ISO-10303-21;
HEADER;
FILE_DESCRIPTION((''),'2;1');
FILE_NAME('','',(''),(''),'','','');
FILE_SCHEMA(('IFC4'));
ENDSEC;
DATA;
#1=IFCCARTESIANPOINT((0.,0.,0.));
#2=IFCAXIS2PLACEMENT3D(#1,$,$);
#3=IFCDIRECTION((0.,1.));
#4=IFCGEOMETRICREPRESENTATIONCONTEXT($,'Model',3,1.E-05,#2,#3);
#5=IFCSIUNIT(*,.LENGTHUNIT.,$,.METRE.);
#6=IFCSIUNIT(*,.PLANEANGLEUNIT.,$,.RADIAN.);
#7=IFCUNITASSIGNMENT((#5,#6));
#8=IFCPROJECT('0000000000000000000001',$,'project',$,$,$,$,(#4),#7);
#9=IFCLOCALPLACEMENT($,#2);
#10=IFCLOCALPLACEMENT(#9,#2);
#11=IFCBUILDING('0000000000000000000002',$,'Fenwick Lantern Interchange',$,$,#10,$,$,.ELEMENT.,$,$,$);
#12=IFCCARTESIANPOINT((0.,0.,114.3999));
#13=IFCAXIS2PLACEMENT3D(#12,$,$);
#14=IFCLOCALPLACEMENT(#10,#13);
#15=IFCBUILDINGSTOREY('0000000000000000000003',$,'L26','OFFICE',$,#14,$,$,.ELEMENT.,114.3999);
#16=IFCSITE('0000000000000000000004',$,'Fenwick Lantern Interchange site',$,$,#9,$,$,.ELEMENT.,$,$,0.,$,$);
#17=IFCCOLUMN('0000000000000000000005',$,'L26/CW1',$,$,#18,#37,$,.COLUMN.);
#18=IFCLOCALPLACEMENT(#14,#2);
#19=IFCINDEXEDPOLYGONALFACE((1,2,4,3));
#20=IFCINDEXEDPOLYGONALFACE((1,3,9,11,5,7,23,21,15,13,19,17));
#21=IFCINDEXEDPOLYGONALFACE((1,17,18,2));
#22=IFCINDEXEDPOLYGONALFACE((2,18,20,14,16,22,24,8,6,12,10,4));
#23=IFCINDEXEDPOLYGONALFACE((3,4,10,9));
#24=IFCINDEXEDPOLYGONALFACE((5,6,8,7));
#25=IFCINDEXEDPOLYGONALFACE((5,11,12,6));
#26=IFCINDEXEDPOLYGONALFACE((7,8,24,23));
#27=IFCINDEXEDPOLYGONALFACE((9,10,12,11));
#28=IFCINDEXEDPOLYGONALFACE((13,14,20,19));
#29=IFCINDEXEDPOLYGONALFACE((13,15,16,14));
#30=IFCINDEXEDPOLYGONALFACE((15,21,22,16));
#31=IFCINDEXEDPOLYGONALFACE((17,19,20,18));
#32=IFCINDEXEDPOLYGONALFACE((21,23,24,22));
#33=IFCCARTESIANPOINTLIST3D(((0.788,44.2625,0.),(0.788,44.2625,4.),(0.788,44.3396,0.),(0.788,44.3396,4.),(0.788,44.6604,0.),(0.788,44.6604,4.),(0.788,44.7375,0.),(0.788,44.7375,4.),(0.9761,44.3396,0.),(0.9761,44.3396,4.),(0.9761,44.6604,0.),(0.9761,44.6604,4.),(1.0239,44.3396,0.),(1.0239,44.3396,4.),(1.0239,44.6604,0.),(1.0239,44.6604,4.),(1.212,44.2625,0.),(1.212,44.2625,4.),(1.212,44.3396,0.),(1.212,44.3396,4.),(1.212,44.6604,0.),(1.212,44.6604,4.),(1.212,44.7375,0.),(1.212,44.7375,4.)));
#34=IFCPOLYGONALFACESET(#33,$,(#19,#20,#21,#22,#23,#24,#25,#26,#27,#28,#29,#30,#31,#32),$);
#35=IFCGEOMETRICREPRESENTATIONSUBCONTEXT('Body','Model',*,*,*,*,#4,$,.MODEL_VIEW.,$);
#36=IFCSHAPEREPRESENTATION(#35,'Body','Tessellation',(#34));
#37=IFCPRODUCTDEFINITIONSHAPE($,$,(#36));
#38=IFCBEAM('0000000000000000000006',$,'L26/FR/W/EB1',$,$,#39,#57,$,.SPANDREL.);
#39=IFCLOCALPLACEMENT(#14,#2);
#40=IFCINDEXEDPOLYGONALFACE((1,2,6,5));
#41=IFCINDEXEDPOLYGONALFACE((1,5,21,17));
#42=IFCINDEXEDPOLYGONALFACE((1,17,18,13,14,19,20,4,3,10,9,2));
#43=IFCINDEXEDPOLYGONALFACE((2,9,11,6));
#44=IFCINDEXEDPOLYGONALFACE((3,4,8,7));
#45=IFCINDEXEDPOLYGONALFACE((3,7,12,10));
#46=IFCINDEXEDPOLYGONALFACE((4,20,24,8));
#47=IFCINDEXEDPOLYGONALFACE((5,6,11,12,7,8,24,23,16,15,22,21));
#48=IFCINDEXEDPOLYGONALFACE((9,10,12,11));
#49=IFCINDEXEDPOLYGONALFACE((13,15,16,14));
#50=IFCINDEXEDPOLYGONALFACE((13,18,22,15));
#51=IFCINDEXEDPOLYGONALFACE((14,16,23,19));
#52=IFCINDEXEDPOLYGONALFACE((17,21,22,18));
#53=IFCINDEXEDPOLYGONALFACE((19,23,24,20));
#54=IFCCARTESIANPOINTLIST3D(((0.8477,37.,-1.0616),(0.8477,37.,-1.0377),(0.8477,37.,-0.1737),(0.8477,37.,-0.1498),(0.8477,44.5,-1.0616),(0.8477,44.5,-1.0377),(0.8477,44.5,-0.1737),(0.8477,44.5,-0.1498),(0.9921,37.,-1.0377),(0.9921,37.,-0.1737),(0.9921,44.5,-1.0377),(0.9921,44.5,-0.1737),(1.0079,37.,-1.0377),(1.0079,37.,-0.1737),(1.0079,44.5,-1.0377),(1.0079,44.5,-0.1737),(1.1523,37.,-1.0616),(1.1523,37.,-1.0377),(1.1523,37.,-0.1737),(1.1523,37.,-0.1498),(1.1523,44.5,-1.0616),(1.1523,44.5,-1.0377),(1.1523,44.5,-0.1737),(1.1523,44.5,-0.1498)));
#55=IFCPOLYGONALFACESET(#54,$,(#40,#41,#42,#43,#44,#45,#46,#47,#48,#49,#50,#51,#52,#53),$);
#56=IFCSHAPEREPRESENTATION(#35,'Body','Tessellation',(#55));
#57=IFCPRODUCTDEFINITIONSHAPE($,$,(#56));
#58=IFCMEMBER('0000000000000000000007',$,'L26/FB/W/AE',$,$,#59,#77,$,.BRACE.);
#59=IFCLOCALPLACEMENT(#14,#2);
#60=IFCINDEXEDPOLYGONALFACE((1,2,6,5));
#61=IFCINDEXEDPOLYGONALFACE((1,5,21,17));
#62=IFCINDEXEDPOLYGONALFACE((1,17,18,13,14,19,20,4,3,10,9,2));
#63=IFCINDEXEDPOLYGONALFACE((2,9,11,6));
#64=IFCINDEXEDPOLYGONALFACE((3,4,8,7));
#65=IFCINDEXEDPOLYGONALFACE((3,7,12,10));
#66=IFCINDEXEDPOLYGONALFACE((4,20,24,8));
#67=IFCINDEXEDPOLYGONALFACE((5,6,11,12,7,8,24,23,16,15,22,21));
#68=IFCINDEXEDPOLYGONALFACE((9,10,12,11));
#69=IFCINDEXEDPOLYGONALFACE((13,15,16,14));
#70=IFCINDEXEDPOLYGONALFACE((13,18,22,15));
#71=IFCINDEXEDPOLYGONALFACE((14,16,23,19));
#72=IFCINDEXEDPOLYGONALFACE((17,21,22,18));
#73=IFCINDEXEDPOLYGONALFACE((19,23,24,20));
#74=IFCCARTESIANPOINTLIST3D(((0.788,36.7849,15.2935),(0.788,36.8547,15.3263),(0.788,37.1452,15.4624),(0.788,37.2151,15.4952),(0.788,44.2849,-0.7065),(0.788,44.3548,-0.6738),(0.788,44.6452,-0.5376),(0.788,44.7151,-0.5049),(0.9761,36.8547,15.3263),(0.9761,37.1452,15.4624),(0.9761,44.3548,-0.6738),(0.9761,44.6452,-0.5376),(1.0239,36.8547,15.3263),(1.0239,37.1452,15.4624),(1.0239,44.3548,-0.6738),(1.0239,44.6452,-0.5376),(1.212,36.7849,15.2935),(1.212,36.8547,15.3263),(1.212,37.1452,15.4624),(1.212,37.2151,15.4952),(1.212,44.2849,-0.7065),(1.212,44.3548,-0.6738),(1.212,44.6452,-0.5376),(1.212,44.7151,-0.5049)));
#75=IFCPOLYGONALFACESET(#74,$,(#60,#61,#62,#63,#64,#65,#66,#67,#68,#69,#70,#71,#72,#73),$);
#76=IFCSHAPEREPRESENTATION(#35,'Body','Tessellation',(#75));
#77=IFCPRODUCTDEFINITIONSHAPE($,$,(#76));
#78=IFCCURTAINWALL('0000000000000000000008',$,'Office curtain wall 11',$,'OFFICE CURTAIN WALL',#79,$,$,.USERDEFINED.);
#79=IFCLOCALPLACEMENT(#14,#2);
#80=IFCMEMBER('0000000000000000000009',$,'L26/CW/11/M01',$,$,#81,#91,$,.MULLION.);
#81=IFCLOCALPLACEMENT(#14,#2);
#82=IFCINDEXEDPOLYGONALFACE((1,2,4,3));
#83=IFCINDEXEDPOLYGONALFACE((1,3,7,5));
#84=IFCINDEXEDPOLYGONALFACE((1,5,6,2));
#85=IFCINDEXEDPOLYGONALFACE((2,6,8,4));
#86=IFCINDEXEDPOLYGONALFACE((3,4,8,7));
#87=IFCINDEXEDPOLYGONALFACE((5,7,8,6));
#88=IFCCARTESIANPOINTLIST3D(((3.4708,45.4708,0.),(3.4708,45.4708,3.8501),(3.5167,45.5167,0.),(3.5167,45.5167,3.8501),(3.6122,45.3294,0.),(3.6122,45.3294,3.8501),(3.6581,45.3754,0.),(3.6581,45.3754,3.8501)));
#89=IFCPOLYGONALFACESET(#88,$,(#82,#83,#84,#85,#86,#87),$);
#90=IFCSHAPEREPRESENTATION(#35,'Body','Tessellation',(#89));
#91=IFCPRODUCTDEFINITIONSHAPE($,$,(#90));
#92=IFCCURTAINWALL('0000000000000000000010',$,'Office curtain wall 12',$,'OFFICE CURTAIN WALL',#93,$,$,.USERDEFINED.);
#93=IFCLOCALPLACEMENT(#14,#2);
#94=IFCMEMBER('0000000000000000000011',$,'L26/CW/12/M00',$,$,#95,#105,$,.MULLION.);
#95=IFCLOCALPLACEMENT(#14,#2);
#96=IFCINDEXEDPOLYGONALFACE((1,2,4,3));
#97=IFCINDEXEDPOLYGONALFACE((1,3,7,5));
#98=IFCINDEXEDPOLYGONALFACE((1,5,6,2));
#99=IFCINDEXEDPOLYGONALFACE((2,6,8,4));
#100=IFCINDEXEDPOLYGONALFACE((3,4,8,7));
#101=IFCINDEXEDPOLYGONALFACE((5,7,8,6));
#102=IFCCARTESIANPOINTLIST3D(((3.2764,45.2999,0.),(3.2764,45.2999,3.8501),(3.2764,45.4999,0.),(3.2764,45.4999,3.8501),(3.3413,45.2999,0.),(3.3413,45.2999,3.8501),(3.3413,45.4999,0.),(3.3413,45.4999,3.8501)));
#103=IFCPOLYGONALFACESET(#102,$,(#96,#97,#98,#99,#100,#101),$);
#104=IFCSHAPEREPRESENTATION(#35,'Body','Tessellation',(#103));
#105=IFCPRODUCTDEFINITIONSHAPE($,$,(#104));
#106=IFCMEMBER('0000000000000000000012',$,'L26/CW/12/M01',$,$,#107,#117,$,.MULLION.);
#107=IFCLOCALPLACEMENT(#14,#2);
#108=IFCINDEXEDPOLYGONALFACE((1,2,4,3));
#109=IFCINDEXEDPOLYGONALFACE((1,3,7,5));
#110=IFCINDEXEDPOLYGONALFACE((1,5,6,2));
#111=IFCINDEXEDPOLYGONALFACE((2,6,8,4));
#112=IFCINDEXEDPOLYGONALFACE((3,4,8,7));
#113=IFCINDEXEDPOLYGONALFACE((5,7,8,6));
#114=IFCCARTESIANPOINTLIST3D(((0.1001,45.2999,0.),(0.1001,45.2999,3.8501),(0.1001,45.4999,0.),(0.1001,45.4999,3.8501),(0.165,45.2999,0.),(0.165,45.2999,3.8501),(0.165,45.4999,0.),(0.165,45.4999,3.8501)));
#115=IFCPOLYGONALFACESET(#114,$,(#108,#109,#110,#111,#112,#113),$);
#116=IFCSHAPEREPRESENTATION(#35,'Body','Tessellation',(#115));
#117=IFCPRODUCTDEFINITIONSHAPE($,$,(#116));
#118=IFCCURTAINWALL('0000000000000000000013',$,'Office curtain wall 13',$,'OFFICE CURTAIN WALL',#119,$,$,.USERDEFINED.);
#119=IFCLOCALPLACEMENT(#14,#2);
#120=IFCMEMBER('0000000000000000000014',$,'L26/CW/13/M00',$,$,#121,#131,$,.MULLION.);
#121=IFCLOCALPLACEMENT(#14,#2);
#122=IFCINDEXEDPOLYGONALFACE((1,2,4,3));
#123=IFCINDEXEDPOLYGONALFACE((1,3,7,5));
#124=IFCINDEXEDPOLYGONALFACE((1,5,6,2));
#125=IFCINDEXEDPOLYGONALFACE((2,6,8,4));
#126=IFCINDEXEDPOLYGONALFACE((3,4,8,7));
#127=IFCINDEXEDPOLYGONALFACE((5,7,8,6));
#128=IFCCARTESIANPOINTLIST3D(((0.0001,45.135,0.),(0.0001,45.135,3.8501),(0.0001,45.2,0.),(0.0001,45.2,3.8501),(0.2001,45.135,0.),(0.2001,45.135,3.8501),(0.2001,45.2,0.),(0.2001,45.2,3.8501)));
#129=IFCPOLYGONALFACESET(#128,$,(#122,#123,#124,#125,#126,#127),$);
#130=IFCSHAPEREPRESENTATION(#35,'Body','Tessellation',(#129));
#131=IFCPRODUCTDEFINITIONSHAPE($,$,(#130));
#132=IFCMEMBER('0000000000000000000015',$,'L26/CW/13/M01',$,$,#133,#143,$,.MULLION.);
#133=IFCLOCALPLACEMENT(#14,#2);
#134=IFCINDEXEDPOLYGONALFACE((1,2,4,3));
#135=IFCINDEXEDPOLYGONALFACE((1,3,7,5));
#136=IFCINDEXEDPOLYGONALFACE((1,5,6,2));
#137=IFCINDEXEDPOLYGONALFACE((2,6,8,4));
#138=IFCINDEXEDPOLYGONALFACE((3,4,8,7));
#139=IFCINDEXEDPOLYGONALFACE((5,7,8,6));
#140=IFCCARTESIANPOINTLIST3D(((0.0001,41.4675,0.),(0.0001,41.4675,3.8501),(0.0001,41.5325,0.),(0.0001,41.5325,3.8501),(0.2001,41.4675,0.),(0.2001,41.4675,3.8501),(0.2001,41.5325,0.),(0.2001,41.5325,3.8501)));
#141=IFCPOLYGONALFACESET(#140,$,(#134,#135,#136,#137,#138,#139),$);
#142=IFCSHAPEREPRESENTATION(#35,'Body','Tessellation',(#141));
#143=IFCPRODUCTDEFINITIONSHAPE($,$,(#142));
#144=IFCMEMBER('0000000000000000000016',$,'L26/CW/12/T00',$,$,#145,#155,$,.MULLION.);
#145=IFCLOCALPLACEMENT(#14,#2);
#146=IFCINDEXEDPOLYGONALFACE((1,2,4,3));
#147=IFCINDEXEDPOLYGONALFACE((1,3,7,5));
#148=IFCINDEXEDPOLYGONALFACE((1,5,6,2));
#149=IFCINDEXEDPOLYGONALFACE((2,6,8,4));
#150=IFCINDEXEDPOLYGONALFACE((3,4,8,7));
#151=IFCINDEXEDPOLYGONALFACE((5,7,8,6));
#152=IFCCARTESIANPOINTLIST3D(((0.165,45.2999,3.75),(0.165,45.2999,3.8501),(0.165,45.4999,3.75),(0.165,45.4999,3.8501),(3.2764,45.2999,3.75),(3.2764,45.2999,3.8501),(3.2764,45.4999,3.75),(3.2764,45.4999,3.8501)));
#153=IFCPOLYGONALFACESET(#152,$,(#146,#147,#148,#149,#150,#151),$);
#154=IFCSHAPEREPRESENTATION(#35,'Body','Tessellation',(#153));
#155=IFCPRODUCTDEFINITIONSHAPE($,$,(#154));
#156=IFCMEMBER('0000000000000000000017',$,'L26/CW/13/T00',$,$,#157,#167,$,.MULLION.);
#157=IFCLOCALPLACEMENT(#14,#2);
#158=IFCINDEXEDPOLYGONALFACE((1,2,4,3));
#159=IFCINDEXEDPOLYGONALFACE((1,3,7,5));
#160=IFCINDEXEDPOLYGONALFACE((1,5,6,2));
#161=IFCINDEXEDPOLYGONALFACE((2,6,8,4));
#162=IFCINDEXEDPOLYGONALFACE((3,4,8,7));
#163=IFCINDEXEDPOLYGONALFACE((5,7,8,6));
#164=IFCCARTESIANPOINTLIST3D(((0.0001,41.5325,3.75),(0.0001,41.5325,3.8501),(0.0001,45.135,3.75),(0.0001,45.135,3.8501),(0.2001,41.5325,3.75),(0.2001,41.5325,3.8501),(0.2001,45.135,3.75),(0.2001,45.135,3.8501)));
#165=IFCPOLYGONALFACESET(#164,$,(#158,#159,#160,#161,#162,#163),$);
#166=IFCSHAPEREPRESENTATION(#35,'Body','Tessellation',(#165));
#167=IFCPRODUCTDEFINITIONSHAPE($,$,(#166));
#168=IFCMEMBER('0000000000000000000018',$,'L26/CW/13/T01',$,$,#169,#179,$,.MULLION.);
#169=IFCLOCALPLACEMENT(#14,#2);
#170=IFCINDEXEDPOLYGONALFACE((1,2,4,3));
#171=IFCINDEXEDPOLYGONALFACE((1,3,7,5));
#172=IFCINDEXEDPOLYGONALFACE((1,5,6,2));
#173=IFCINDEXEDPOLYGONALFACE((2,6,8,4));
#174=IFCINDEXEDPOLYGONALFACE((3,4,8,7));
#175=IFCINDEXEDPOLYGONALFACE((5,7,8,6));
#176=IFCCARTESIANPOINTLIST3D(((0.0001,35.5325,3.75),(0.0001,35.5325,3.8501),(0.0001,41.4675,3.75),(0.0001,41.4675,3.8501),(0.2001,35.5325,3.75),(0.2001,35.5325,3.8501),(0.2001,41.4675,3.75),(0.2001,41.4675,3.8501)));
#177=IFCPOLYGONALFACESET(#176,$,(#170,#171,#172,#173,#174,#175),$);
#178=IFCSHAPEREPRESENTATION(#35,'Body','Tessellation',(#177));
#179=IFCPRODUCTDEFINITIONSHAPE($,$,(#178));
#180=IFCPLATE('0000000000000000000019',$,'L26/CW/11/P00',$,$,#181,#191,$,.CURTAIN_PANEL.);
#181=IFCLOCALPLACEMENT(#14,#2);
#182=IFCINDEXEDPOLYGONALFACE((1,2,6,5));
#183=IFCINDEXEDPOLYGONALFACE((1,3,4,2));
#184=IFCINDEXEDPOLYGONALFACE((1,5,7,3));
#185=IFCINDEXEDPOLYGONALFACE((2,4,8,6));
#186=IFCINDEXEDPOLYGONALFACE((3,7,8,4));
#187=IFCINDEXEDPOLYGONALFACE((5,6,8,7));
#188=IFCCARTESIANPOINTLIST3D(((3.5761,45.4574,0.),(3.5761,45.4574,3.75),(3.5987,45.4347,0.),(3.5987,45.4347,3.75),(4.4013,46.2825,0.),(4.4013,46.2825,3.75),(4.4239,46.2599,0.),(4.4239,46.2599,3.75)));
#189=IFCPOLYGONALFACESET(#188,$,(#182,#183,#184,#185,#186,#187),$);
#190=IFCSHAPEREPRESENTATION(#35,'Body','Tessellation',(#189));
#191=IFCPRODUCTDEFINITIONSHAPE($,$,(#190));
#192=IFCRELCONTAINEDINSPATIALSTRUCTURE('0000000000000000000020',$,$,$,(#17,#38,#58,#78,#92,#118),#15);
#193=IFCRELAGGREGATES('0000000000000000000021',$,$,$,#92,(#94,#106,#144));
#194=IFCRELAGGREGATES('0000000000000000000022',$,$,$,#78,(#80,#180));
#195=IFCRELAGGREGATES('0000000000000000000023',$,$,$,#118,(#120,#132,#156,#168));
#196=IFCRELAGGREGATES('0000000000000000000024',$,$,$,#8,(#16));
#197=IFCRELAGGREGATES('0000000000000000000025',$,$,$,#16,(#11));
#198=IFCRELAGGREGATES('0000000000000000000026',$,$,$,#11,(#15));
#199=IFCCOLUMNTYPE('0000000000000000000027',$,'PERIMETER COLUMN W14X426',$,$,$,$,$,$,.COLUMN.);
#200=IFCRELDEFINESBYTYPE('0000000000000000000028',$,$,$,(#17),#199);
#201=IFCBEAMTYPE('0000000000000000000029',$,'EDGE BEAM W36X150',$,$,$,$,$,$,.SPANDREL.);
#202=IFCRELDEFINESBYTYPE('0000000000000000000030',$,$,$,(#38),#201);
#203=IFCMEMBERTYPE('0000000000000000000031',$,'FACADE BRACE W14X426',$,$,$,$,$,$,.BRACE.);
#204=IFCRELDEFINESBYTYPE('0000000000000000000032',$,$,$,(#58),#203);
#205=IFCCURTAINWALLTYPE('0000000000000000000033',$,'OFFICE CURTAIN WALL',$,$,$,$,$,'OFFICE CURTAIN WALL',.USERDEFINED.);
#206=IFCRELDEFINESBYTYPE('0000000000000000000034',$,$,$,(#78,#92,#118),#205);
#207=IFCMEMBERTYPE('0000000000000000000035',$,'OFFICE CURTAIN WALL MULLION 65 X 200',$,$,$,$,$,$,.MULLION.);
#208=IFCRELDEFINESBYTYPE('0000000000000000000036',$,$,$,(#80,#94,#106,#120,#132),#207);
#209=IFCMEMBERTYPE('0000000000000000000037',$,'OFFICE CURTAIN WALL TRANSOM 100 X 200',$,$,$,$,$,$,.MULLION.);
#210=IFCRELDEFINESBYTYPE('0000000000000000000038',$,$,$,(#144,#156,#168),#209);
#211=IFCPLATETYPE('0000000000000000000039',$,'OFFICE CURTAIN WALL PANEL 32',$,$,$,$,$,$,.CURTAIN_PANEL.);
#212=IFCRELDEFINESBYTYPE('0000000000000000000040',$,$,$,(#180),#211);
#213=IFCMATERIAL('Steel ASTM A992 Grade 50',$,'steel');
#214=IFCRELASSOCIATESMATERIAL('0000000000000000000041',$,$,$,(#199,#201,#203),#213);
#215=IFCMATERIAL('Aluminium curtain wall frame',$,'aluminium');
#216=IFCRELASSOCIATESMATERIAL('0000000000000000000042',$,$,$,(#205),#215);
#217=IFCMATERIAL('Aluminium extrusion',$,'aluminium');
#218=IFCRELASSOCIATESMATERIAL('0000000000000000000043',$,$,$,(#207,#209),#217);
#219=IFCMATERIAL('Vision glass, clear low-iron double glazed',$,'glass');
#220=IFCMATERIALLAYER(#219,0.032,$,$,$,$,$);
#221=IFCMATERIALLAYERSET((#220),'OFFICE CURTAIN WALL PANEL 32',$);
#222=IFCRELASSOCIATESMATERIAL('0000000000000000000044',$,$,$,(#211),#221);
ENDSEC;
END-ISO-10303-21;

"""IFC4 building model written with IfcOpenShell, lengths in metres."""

from ifc_helpers import new_model, si_unit, direction, frame, origin, origin_2d, place, context, subcontext, project, spatial, rectangle, i_section, extrude, material, layer, layer_set, material_profile, profile_set, type_object, element, aggregate, save


model = new_model("IFC4")

# Units and contexts
model_context = context("Model", 3, precision=1e-05, world=origin(), true_north=direction((0.0, 1.0)))
body_context = subcontext(model_context, "Body", "Model", "MODEL_VIEW")
ifc_project = project(units=[si_unit("LENGTHUNIT", "METRE"), si_unit("PLANEANGLEUNIT", "RADIAN")], contexts=[model_context])

# Site, building, storey
site_placement = place(None, origin())
site = spatial("IfcSite", under=ifc_project, at=site_placement, Name="Fenwick Lantern Interchange site", CompositionType="ELEMENT", RefElevation=0.0)
building_placement = place(site_placement, origin())
building = spatial("IfcBuilding", under=site, at=building_placement, Name="Fenwick Lantern Interchange", CompositionType="ELEMENT")
storey_placement = place(building_placement, frame((0.0, 0.0, 114.3999)))
storey = spatial("IfcBuildingStorey", under=building, at=storey_placement, Name="L26", Description="OFFICE", CompositionType="ELEMENT", Elevation=114.3999)

# Column
ifc_material_1 = material(Name="Steel ASTM A992 Grade 50", Category="steel")
ifc_material_profile_1 = material_profile(ifc_material_1, i_section(OverallWidth=0.4241, OverallDepth=0.4751, WebThickness=0.0479, FlangeThickness=0.0771, at=origin_2d()), Name="W14X426")
ifc_profile_set_1 = profile_set([ifc_material_profile_1], Name="Steel ASTM A992 Grade 50")
column_type = type_object("IfcColumnType", Name="PERIMETER COLUMN W14X426", PredefinedType="COLUMN", material=ifc_profile_set_1)
column_placement = place(storey_placement, frame((1.0, 44.5, 0.0), z_axis=(0.0, 0.0, 1.0), x_axis=(1.0, 0.0, 0.0)))
element("IfcColumn", 1, at=column_placement, inside=storey, type_object=column_type, Name="L26/CW1", PredefinedType="COLUMN", context=body_context, shape_type="SweptSolid", body=[
    extrude(i_section(OverallWidth=0.4241, OverallDepth=0.4751, WebThickness=0.0479, FlangeThickness=0.0771, at=origin_2d()), origin(), (0.0, 0.0, 1.0), 4.0),
])

# Beam
ifc_material_profile_2 = material_profile(ifc_material_1, i_section(OverallWidth=0.3047, OverallDepth=0.9119, WebThickness=0.0159, FlangeThickness=0.0239, at=origin_2d()), Name="W36X150")
ifc_profile_set_2 = profile_set([ifc_material_profile_2], Name="Steel ASTM A992 Grade 50")
beam_type = type_object("IfcBeamType", Name="EDGE BEAM W36X150", PredefinedType="SPANDREL", material=ifc_profile_set_2)
beam_placement = place(storey_placement, frame((1.0, 44.5, -0.6057), z_axis=(0.0, -1.0, 0.0), x_axis=(1.0, 0.0, 0.0)))
element("IfcBeam", 2, at=beam_placement, inside=storey, type_object=beam_type, Name="L26/FR/W/EB1", PredefinedType="SPANDREL", context=body_context, shape_type="SweptSolid", body=[
    extrude(i_section(OverallWidth=0.3047, OverallDepth=0.9119, WebThickness=0.0159, FlangeThickness=0.0239, at=origin_2d()), origin(), (0.0, 0.0, 1.0), 7.5),
])

# Member
ifc_material_profile_3 = material_profile(ifc_material_1, i_section(OverallWidth=0.4241, OverallDepth=0.4751, WebThickness=0.0479, FlangeThickness=0.0771, at=origin_2d()), Name="W14X426")
ifc_profile_set_3 = profile_set([ifc_material_profile_3], Name="Steel ASTM A992 Grade 50")
member_type_1 = type_object("IfcMemberType", Name="FACADE BRACE W14X426", PredefinedType="BRACE", material=ifc_profile_set_3)
member_1_placement = place(storey_placement, frame((1.0, 44.5, -0.6057), z_axis=(0.0, -0.424434, 0.905459), x_axis=(1.0, 0.0, 0.0)))
element("IfcMember", 3, at=member_1_placement, inside=storey, type_object=member_type_1, Name="L26/FB/W/AE", PredefinedType="BRACE", context=body_context, shape_type="SweptSolid", body=[
    extrude(i_section(OverallWidth=0.4241, OverallDepth=0.4751, WebThickness=0.0479, FlangeThickness=0.0771, at=origin_2d()), origin(), (0.0, 0.0, 1.0), 17.6707),
])

# Curtain wall, member
ifc_material_2 = material(Name="Aluminium curtain wall frame", Category="aluminium")
curtain_wall_type = type_object("IfcCurtainWallType", Name="OFFICE CURTAIN WALL", ElementType="OFFICE CURTAIN WALL", PredefinedType="USERDEFINED", material=ifc_material_2)
curtain_wall_1_placement = place(storey_placement, origin())
curtain_wall_1 = element("IfcCurtainWall", 4, at=curtain_wall_1_placement, inside=storey, type_object=curtain_wall_type, Name="Office curtain wall 11", ObjectType="OFFICE CURTAIN WALL", PredefinedType="USERDEFINED")
ifc_material_3 = material(Name="Aluminium extrusion", Category="aluminium")
ifc_material_profile_4 = material_profile(ifc_material_3, rectangle(XDim=0.2, YDim=0.0649, at=origin_2d()), Name="OFFICE CURTAIN WALL MULLION 65 X 200")
ifc_profile_set_4 = profile_set([ifc_material_profile_4], Name="Aluminium extrusion")
member_type_2 = type_object("IfcMemberType", Name="OFFICE CURTAIN WALL MULLION 65 X 200", PredefinedType="MULLION", material=ifc_profile_set_4)
member_2_placement = place(storey_placement, frame((3.5645, 45.4231, 0.0), z_axis=(0.0, 0.0, 1.0), x_axis=(0.707107, -0.707107, 0.0)))
member_2 = element("IfcMember", 5, at=member_2_placement, type_object=member_type_2, Name="L26/CW/11/M01", PredefinedType="MULLION", context=body_context, shape_type="SweptSolid", body=[
    extrude(rectangle(XDim=0.2, YDim=0.0649, at=origin_2d()), origin(), (0.0, 0.0, 1.0), 3.8501),
])

# Curtain walls, members
curtain_wall_2_placement = place(storey_placement, origin())
curtain_wall_2 = element("IfcCurtainWall", 6, at=curtain_wall_2_placement, inside=storey, type_object=curtain_wall_type, Name="Office curtain wall 12", ObjectType="OFFICE CURTAIN WALL", PredefinedType="USERDEFINED")
member_3_placement = place(storey_placement, frame((3.3088, 45.3999, 0.0), z_axis=(0.0, 0.0, 1.0), x_axis=(0.0, -1.0, 0.0)))
member_3 = element("IfcMember", 7, at=member_3_placement, type_object=member_type_2, Name="L26/CW/12/M00", PredefinedType="MULLION", context=body_context, shape_type="SweptSolid", body=[
    extrude(rectangle(XDim=0.2, YDim=0.0649, at=origin_2d()), origin(), (0.0, 0.0, 1.0), 3.8501),
])
member_4_placement = place(storey_placement, frame((0.1326, 45.3999, 0.0), z_axis=(0.0, 0.0, 1.0), x_axis=(0.0, -1.0, 0.0)))
member_4 = element("IfcMember", 8, at=member_4_placement, type_object=member_type_2, Name="L26/CW/12/M01", PredefinedType="MULLION", context=body_context, shape_type="SweptSolid", body=[
    extrude(rectangle(XDim=0.2, YDim=0.0649, at=origin_2d()), origin(), (0.0, 0.0, 1.0), 3.8501),
])
curtain_wall_3_placement = place(storey_placement, origin())
curtain_wall_3 = element("IfcCurtainWall", 9, at=curtain_wall_3_placement, inside=storey, type_object=curtain_wall_type, Name="Office curtain wall 13", ObjectType="OFFICE CURTAIN WALL", PredefinedType="USERDEFINED")
member_5_placement = place(storey_placement, frame((0.1001, 45.1675, 0.0), z_axis=(0.0, 0.0, 1.0), x_axis=(1.0, 0.0, 0.0)))
member_5 = element("IfcMember", 10, at=member_5_placement, type_object=member_type_2, Name="L26/CW/13/M00", PredefinedType="MULLION", context=body_context, shape_type="SweptSolid", body=[
    extrude(rectangle(XDim=0.2, YDim=0.0649, at=origin_2d()), origin(), (0.0, 0.0, 1.0), 3.8501),
])
member_6_placement = place(storey_placement, frame((0.1001, 41.5, 0.0), z_axis=(0.0, 0.0, 1.0), x_axis=(1.0, 0.0, 0.0)))
member_6 = element("IfcMember", 11, at=member_6_placement, type_object=member_type_2, Name="L26/CW/13/M01", PredefinedType="MULLION", context=body_context, shape_type="SweptSolid", body=[
    extrude(rectangle(XDim=0.2, YDim=0.0649, at=origin_2d()), origin(), (0.0, 0.0, 1.0), 3.8501),
])

# Members
ifc_material_profile_5 = material_profile(ifc_material_3, rectangle(XDim=0.2, YDim=0.1001, at=origin_2d()), Name="OFFICE CURTAIN WALL TRANSOM 100 X 200")
ifc_profile_set_5 = profile_set([ifc_material_profile_5], Name="Aluminium extrusion")
member_type_3 = type_object("IfcMemberType", Name="OFFICE CURTAIN WALL TRANSOM 100 X 200", PredefinedType="MULLION", material=ifc_profile_set_5)
member_7_placement = place(storey_placement, frame((3.2764, 45.3999, 3.8), z_axis=(-1.0, 0.0, 0.0), x_axis=(0.0, -1.0, 0.0)))
member_7 = element("IfcMember", 12, at=member_7_placement, type_object=member_type_3, Name="L26/CW/12/T00", PredefinedType="MULLION", context=body_context, shape_type="SweptSolid", body=[
    extrude(rectangle(XDim=0.2, YDim=0.1001, at=origin_2d()), origin(), (0.0, 0.0, 1.0), 3.1113),
])
aggregate(curtain_wall_2, [member_3, member_4, member_7])
member_8_placement = place(storey_placement, frame((0.1001, 45.135, 3.8), z_axis=(0.0, -1.0, 0.0), x_axis=(1.0, 0.0, 0.0)))
member_8 = element("IfcMember", 13, at=member_8_placement, type_object=member_type_3, Name="L26/CW/13/T00", PredefinedType="MULLION", context=body_context, shape_type="SweptSolid", body=[
    extrude(rectangle(XDim=0.2, YDim=0.1001, at=origin_2d()), origin(), (0.0, 0.0, 1.0), 3.6025),
])
member_9_placement = place(storey_placement, frame((0.1001, 41.4675, 3.8), z_axis=(0.0, -1.0, 0.0), x_axis=(1.0, 0.0, 0.0)))
member_9 = element("IfcMember", 14, at=member_9_placement, type_object=member_type_3, Name="L26/CW/13/T01", PredefinedType="MULLION", context=body_context, shape_type="SweptSolid", body=[
    extrude(rectangle(XDim=0.2, YDim=0.1001, at=origin_2d()), origin(), (0.0, 0.0, 1.0), 5.9351),
])

# Plate
ifc_material_4 = material(Name="Vision glass, clear low-iron double glazed", Category="glass")
ifc_layer_1 = layer(ifc_material_4, 0.032)
ifc_layer_set_1 = layer_set([ifc_layer_1], Name="OFFICE CURTAIN WALL PANEL 32")
plate_type = type_object("IfcPlateType", Name="OFFICE CURTAIN WALL PANEL 32", PredefinedType="CURTAIN_PANEL", material=ifc_layer_set_1)
plate_1_placement = place(storey_placement, frame((4.0, 45.8586, 0.0), z_axis=(0.0, 0.0, 1.0), x_axis=(-0.707107, -0.707107, 0.0)))
plate_1 = element("IfcPlate", 15, at=plate_1_placement, type_object=plate_type, Name="L26/CW/11/P00", PredefinedType="CURTAIN_PANEL", context=body_context, shape_type="SweptSolid", body=[
    extrude(rectangle(XDim=1.167, YDim=0.032, at=origin_2d()), origin(), (0.0, 0.0, 1.0), 3.75),
])
aggregate(curtain_wall_1, [member_2, plate_1])
aggregate(curtain_wall_3, [member_5, member_6, member_8, member_9])

save(model, "model.ifc")
